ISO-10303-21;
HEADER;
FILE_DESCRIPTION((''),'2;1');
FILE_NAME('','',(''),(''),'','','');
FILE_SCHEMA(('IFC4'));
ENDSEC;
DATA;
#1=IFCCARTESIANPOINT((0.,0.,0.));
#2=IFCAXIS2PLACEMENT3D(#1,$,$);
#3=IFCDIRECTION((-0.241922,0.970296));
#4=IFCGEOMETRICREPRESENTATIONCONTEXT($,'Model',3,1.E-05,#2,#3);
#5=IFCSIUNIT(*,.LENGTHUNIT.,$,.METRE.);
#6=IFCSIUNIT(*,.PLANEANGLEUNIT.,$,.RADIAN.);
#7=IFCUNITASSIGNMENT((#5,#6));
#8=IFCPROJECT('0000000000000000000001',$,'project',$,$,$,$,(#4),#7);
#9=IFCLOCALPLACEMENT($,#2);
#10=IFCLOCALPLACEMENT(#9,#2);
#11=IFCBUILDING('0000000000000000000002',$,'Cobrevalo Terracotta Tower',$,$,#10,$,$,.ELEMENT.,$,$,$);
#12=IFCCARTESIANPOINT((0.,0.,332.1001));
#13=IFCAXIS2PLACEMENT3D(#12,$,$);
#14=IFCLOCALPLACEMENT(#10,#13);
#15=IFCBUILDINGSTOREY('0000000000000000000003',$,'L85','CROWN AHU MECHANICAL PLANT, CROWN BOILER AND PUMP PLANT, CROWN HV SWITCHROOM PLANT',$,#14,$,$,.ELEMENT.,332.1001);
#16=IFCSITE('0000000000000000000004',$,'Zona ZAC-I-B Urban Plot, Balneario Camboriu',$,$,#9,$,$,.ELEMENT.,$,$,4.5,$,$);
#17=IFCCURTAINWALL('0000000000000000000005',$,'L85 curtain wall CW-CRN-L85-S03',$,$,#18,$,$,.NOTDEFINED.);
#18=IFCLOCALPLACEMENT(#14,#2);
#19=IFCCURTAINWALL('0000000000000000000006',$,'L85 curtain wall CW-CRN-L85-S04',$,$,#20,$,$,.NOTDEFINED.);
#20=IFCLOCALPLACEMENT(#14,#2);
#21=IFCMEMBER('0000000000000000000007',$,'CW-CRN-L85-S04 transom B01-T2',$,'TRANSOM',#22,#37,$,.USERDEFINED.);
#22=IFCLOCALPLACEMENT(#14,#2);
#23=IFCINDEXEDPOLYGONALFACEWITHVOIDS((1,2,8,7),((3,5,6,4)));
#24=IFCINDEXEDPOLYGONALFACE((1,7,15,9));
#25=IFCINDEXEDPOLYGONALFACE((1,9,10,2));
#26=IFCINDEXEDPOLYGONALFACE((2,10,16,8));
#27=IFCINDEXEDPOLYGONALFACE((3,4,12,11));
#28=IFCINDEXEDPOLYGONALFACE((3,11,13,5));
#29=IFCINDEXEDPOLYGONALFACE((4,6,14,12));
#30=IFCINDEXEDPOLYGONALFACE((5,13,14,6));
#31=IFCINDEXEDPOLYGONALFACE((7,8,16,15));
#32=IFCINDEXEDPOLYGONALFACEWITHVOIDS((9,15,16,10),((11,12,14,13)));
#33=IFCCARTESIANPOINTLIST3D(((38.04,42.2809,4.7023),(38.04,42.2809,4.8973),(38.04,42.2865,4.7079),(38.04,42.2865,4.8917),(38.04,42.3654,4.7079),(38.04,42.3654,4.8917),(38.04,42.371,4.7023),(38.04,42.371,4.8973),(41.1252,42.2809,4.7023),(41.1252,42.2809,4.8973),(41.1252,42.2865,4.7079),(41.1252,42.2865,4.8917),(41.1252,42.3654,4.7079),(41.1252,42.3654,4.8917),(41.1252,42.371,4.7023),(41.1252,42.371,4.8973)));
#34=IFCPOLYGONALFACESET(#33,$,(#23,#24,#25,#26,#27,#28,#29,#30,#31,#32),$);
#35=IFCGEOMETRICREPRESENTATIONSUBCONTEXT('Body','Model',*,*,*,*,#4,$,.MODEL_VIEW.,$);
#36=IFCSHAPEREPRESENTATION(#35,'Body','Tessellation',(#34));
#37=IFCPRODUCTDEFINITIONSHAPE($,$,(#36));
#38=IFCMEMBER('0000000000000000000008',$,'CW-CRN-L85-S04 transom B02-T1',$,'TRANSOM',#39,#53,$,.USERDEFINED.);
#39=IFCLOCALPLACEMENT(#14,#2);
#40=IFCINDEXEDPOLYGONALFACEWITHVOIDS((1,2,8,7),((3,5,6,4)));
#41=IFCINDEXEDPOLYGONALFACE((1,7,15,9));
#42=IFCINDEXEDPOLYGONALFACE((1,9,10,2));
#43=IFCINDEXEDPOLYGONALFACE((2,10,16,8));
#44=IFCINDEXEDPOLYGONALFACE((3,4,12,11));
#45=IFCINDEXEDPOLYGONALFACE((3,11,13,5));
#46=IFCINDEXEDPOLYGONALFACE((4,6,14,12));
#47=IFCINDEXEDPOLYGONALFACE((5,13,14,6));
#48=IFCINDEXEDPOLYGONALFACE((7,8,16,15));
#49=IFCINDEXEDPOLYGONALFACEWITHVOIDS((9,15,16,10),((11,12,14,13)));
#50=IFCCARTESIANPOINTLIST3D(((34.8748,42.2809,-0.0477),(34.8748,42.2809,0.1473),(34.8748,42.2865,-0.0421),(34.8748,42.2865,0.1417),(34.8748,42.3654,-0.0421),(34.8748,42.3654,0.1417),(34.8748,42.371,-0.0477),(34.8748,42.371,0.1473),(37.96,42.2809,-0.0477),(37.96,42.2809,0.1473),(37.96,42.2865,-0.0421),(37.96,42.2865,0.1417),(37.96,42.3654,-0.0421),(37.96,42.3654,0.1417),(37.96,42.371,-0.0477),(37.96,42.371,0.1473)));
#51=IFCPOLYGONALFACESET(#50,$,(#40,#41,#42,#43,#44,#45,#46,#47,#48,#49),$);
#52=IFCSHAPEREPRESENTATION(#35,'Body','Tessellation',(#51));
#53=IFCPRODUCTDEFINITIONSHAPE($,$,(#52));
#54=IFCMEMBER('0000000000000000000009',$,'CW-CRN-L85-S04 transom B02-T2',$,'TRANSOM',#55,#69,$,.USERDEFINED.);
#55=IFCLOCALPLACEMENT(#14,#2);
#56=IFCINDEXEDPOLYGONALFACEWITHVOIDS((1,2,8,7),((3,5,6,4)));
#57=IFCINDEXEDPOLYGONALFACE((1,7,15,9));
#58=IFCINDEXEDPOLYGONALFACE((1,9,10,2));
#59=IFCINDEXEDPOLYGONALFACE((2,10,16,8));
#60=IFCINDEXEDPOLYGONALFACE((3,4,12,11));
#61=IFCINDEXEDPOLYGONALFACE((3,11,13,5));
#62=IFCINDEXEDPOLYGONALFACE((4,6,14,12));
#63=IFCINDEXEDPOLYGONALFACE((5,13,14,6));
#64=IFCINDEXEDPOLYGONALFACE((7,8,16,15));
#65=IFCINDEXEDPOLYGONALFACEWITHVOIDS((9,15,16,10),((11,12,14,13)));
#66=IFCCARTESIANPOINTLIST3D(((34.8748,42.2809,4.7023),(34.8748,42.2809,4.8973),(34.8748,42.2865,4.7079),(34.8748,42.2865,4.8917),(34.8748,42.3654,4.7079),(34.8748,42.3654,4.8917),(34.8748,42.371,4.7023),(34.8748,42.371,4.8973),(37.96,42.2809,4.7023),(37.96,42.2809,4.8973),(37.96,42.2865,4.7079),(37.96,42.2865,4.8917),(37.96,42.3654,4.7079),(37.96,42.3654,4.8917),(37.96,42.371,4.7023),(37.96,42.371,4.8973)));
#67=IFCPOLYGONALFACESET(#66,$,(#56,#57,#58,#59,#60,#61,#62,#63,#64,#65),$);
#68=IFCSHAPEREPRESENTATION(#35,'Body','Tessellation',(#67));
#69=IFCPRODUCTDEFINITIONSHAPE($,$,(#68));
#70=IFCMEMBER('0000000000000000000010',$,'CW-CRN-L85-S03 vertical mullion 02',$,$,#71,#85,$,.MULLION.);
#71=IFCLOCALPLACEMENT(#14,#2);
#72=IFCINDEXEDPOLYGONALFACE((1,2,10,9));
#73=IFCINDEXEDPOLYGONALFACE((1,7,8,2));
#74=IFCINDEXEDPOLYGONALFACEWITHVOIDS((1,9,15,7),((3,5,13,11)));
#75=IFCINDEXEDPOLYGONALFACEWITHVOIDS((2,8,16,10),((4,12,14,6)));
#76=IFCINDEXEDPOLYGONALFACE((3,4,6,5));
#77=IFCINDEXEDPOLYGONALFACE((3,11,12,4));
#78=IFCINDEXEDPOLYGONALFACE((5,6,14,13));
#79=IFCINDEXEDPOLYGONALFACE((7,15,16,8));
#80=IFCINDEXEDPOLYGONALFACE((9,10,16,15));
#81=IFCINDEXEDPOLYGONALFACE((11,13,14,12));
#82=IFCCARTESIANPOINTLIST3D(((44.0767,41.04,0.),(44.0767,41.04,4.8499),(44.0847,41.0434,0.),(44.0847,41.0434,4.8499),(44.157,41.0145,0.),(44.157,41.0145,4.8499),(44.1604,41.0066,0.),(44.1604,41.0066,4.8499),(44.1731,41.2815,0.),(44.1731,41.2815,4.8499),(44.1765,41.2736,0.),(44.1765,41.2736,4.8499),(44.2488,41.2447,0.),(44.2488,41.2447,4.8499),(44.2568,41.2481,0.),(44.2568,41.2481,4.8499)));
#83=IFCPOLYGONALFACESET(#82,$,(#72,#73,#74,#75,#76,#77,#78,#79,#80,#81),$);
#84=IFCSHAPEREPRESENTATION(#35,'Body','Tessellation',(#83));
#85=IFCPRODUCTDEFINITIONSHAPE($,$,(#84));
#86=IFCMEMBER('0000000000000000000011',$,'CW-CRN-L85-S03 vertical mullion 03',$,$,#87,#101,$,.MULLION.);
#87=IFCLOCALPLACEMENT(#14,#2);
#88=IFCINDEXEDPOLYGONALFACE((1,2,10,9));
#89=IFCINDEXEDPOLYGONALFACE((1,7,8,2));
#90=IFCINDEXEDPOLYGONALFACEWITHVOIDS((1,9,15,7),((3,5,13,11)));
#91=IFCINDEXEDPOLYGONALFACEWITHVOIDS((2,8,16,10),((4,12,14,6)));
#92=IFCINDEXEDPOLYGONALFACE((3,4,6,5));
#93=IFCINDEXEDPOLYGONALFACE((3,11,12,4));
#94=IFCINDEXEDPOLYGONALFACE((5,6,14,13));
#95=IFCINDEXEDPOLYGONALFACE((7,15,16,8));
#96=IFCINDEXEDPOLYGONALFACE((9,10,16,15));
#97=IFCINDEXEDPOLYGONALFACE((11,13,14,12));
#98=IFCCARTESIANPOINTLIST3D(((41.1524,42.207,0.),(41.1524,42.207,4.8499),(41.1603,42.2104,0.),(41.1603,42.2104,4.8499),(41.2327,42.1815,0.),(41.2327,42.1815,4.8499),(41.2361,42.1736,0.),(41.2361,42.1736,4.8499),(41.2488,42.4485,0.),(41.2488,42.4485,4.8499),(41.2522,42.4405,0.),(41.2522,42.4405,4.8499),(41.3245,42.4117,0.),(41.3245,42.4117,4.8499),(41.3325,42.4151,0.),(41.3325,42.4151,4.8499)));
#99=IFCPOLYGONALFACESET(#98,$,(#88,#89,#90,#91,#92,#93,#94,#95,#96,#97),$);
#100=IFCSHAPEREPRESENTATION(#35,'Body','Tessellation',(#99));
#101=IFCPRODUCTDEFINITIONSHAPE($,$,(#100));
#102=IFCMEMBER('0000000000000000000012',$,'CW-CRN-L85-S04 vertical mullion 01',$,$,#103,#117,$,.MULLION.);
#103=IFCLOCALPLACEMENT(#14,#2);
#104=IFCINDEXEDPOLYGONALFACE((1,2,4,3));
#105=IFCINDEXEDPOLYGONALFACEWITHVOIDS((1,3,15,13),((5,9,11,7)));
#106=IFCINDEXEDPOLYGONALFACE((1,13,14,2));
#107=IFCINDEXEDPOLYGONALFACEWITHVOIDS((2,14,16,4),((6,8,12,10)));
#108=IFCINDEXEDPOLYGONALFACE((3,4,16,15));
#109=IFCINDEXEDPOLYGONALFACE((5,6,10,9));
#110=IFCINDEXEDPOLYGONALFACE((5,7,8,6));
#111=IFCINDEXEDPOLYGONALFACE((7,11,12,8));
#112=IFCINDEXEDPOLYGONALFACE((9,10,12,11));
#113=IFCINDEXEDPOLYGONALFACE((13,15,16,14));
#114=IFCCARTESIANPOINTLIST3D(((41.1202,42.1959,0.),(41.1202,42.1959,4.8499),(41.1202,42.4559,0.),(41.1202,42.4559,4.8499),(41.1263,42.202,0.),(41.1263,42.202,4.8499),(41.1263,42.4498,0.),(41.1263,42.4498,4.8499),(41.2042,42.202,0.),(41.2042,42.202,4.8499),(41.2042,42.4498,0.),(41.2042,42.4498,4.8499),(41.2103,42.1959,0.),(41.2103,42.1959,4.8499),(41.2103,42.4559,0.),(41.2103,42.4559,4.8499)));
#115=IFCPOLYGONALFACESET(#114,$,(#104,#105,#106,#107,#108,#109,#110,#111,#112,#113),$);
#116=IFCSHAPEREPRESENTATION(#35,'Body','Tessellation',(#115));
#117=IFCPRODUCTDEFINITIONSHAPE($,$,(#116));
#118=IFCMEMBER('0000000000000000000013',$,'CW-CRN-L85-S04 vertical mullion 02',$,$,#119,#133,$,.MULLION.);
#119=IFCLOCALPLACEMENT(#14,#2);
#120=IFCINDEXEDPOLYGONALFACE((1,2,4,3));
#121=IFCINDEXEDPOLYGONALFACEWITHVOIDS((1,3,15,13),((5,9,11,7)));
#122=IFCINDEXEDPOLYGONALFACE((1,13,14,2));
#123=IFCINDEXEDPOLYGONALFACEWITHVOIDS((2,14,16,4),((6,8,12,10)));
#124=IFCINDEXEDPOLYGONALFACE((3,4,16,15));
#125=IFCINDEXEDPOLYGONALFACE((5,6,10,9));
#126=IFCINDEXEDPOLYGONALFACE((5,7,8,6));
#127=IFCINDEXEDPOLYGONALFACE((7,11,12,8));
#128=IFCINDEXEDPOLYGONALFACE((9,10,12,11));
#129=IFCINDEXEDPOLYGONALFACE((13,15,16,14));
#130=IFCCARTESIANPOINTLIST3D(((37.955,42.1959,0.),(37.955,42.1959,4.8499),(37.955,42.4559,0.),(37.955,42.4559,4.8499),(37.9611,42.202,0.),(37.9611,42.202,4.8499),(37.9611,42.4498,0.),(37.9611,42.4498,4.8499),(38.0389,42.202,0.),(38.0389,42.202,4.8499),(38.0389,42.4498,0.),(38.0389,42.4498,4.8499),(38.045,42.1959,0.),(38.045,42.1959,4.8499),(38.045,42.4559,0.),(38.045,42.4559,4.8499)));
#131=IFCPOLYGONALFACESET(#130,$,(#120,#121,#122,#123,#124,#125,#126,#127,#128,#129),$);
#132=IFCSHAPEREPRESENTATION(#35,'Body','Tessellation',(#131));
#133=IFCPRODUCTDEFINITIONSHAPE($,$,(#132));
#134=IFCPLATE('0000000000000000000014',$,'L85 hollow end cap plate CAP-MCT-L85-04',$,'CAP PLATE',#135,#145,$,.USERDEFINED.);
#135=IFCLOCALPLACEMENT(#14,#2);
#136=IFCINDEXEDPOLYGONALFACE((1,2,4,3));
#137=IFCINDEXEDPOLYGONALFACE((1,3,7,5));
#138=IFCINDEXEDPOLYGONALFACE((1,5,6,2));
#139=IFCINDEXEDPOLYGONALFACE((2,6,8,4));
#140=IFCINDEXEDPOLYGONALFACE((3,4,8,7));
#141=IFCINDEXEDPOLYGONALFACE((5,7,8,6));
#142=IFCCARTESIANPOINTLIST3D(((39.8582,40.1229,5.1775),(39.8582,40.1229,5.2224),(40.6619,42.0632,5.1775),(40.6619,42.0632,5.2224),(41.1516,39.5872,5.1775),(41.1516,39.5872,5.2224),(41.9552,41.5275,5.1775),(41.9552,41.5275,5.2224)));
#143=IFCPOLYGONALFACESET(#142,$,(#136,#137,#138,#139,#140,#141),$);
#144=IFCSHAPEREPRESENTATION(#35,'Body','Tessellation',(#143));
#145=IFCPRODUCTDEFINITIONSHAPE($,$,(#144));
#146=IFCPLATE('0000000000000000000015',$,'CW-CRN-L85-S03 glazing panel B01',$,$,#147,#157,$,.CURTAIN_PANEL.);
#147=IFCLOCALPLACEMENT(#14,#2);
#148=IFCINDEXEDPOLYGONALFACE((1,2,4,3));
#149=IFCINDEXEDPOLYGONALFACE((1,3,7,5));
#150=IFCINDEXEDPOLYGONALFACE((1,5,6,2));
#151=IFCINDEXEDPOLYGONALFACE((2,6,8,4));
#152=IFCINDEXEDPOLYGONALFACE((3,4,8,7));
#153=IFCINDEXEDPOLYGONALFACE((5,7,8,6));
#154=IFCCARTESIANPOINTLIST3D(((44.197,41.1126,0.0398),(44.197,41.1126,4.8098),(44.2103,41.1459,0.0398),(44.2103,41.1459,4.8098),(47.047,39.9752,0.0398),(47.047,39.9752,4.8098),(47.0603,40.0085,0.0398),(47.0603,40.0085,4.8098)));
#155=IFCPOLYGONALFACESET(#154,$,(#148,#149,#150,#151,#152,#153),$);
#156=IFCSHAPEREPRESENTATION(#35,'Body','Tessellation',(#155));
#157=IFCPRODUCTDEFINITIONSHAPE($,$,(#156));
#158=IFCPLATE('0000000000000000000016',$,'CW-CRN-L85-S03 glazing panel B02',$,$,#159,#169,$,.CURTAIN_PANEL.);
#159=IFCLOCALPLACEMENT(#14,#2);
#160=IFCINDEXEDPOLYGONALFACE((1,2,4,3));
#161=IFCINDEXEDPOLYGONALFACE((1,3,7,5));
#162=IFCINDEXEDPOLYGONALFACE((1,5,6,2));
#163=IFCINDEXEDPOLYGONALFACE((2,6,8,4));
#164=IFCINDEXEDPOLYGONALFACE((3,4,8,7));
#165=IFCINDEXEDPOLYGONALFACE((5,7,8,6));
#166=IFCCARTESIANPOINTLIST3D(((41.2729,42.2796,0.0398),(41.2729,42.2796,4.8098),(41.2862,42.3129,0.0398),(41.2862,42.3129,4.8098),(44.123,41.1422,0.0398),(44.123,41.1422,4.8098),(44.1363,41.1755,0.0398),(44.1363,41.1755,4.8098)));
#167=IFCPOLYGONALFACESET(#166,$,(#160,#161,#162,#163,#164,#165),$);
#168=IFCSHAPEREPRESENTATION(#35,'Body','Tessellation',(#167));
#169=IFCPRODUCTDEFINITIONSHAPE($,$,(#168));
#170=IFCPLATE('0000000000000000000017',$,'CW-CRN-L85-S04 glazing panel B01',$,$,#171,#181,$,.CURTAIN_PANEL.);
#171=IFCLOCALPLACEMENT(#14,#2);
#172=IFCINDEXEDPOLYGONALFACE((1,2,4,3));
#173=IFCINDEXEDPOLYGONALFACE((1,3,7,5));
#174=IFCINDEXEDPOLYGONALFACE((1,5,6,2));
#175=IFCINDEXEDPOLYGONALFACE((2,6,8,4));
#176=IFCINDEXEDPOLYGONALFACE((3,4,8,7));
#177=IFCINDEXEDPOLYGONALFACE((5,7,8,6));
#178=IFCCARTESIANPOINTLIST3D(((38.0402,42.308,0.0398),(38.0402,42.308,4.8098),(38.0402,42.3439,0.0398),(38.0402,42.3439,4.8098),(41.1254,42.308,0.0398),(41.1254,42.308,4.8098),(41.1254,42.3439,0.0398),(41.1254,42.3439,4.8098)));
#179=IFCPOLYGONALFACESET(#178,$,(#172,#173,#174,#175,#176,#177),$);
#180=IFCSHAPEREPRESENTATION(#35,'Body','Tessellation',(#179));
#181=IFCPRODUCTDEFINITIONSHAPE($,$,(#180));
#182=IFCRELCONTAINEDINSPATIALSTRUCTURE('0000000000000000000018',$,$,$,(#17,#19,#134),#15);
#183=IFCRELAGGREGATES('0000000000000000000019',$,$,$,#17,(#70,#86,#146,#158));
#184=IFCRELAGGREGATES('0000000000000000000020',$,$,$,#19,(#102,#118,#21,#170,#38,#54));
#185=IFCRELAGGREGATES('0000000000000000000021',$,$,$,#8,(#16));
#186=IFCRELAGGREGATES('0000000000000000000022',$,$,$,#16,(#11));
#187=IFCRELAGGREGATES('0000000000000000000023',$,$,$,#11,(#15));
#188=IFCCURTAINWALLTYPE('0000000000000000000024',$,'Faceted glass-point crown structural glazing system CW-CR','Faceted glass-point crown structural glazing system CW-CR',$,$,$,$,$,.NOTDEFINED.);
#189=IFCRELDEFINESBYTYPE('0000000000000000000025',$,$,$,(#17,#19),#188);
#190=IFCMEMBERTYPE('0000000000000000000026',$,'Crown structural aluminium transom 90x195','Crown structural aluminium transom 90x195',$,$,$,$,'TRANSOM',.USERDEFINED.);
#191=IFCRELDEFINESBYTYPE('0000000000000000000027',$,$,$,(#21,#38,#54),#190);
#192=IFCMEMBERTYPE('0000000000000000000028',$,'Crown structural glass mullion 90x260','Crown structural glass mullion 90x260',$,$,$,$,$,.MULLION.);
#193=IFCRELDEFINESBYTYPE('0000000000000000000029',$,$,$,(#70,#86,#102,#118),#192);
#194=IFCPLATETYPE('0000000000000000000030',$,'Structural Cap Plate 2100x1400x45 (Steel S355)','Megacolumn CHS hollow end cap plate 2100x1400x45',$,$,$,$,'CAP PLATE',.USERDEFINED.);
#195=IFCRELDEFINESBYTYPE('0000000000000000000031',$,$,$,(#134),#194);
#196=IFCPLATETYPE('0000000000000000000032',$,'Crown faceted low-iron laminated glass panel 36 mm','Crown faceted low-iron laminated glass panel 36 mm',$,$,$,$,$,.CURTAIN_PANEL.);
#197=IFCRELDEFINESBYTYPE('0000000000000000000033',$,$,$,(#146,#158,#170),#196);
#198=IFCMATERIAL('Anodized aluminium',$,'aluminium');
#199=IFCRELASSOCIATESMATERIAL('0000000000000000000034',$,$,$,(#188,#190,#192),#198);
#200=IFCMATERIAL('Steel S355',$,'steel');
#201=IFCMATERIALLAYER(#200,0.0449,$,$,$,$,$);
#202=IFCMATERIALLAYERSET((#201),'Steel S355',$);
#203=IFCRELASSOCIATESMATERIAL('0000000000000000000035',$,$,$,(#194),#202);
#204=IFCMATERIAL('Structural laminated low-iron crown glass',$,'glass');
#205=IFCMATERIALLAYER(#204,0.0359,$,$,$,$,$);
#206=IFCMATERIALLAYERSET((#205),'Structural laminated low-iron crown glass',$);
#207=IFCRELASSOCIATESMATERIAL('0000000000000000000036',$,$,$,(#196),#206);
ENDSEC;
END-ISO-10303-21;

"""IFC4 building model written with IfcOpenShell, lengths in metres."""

from ifc_helpers import new_model, si_unit, direction, frame, origin, origin_2d, place, context, subcontext, project, spatial, rectangle, hollow_rectangle, extrude, source, transform, mapped, material, layer, layer_set, material_profile, profile_set, type_object, element, aggregate, save


model = new_model("IFC4")

# Units and contexts
model_context = context("Model", 3, precision=1e-05, world=origin(), true_north=direction((-0.241922, 0.970296)))
body_context = subcontext(model_context, "Body", "Model", "MODEL_VIEW")
ifc_project = project(units=[si_unit("LENGTHUNIT", "METRE"), si_unit("PLANEANGLEUNIT", "RADIAN")], contexts=[model_context])

# Site, building, storey
site_placement = place(None, origin())
site = spatial("IfcSite", under=ifc_project, at=site_placement, Name="Zona ZAC-I-B Urban Plot, Balneario Camboriu", CompositionType="ELEMENT", RefElevation=4.5)
building_placement = place(site_placement, origin())
building = spatial("IfcBuilding", under=site, at=building_placement, Name="Cobrevalo Terracotta Tower", CompositionType="ELEMENT")
storey_placement = place(building_placement, frame((0.0, 0.0, 332.1001)))
storey = spatial("IfcBuildingStorey", under=building, at=storey_placement, Name="L85", Description="CROWN AHU MECHANICAL PLANT, CROWN BOILER AND PUMP PLANT, CROWN HV SWITCHROOM PLANT", CompositionType="ELEMENT", Elevation=332.1001)

# Shared definitions
ifc_material_1 = material(Name="Steel S355", Category="steel")

# Curtain walls, members
ifc_material_2 = material(Name="Anodized aluminium", Category="aluminium")
curtain_wall_type = type_object("IfcCurtainWallType", Name="Faceted glass-point crown structural glazing system CW-CR", Description="Faceted glass-point crown structural glazing system CW-CR", PredefinedType="NOTDEFINED", material=ifc_material_2)
curtain_wall_1_placement = place(storey_placement, origin())
curtain_wall_1 = element("IfcCurtainWall", 1, at=curtain_wall_1_placement, inside=storey, type_object=curtain_wall_type, Name="L85 curtain wall CW-CRN-L85-S03", PredefinedType="NOTDEFINED")
ifc_material_profile_1 = material_profile(ifc_material_2, hollow_rectangle(XDim=0.0901, YDim=0.1951, WallThickness=0.0056, at=origin_2d()), Name="CWT 90x195")
ifc_profile_set_1 = profile_set([ifc_material_profile_1], Name="Anodized aluminium")
member_type_1 = type_object("IfcMemberType", Name="Crown structural aluminium transom 90x195", Description="Crown structural aluminium transom 90x195", ElementType="TRANSOM", PredefinedType="USERDEFINED", material=ifc_profile_set_1)
curtain_wall_2_placement = place(storey_placement, origin())
curtain_wall_2 = element("IfcCurtainWall", 2, at=curtain_wall_2_placement, inside=storey, type_object=curtain_wall_type, Name="L85 curtain wall CW-CRN-L85-S04", PredefinedType="NOTDEFINED")
shared_shape_1 = source(origin(), body_context, "Body", "SweptSolid", [
    extrude(hollow_rectangle(XDim=0.0901, YDim=0.1951, WallThickness=0.0056, at=origin_2d()), origin(), (0.0, 0.0, 1.0), 3.0852),
])
member_1_placement = place(storey_placement, frame((41.1252, 42.3259, 4.7998), z_axis=(-1.0, 0.0, 0.0), x_axis=(0.0, -1.0, 0.0)))
member_1 = element("IfcMember", 3, at=member_1_placement, type_object=member_type_1, Name="CW-CRN-L85-S04 transom B01-T2", ObjectType="TRANSOM", PredefinedType="USERDEFINED", context=body_context, shape_type="MappedRepresentation", body=[
    mapped(shared_shape_1, transform((0.0, 0.0, 0.0), scale=1.0)),
])
member_2_placement = place(storey_placement, frame((37.96, 42.3259, 0.0498), z_axis=(-1.0, 0.0, 0.0), x_axis=(0.0, -1.0, 0.0)))
member_2 = element("IfcMember", 4, at=member_2_placement, type_object=member_type_1, Name="CW-CRN-L85-S04 transom B02-T1", ObjectType="TRANSOM", PredefinedType="USERDEFINED", context=body_context, shape_type="MappedRepresentation", body=[
    mapped(shared_shape_1, transform((0.0, 0.0, 0.0), scale=1.0)),
])
member_3_placement = place(storey_placement, frame((37.96, 42.3259, 4.7998), z_axis=(-1.0, 0.0, 0.0), x_axis=(0.0, -1.0, 0.0)))
member_3 = element("IfcMember", 5, at=member_3_placement, type_object=member_type_1, Name="CW-CRN-L85-S04 transom B02-T2", ObjectType="TRANSOM", PredefinedType="USERDEFINED", context=body_context, shape_type="MappedRepresentation", body=[
    mapped(shared_shape_1, transform((0.0, 0.0, 0.0), scale=1.0)),
])

# Members
ifc_material_profile_2 = material_profile(ifc_material_2, hollow_rectangle(XDim=0.0901, YDim=0.26, WallThickness=0.0061, at=origin_2d()), Name="CWM 90x260")
ifc_profile_set_2 = profile_set([ifc_material_profile_2], Name="Anodized aluminium")
member_type_2 = type_object("IfcMemberType", Name="Crown structural glass mullion 90x260", Description="Crown structural glass mullion 90x260", PredefinedType="MULLION", material=ifc_profile_set_2)
shared_shape_2 = source(origin(), body_context, "Body", "SweptSolid", [
    extrude(hollow_rectangle(XDim=0.0901, YDim=0.26, WallThickness=0.0061, at=origin_2d()), origin(), (0.0, 0.0, 1.0), 4.8499),
])
member_4_placement = place(storey_placement, frame((44.1667, 41.144, 0.0), z_axis=(0.0, 0.0, 1.0), x_axis=(-0.928771, 0.370655, 0.0)))
member_4 = element("IfcMember", 6, at=member_4_placement, type_object=member_type_2, Name="CW-CRN-L85-S03 vertical mullion 02", PredefinedType="MULLION", context=body_context, shape_type="MappedRepresentation", body=[
    mapped(shared_shape_2, transform((0.0, 0.0, 0.0), scale=1.0)),
])
member_5_placement = place(storey_placement, frame((41.2424, 42.311, 0.0), z_axis=(0.0, 0.0, 1.0), x_axis=(-0.928771, 0.370655, 0.0)))
member_5 = element("IfcMember", 7, at=member_5_placement, type_object=member_type_2, Name="CW-CRN-L85-S03 vertical mullion 03", PredefinedType="MULLION", context=body_context, shape_type="MappedRepresentation", body=[
    mapped(shared_shape_2, transform((0.0, 0.0, 0.0), scale=1.0)),
])
member_6_placement = place(storey_placement, frame((41.1653, 42.3259, 0.0), z_axis=(0.0, 0.0, 1.0), x_axis=(-1.0, 0.0, 0.0)))
member_6 = element("IfcMember", 8, at=member_6_placement, type_object=member_type_2, Name="CW-CRN-L85-S04 vertical mullion 01", PredefinedType="MULLION", context=body_context, shape_type="MappedRepresentation", body=[
    mapped(shared_shape_2, transform((0.0, 0.0, 0.0), scale=1.0)),
])
member_7_placement = place(storey_placement, frame((38.0, 42.3259, 0.0), z_axis=(0.0, 0.0, 1.0), x_axis=(-1.0, 0.0, 0.0)))
member_7 = element("IfcMember", 9, at=member_7_placement, type_object=member_type_2, Name="CW-CRN-L85-S04 vertical mullion 02", PredefinedType="MULLION", context=body_context, shape_type="MappedRepresentation", body=[
    mapped(shared_shape_2, transform((0.0, 0.0, 0.0), scale=1.0)),
])

# Plates
ifc_layer_1 = layer(ifc_material_1, 0.0449)
ifc_layer_set_1 = layer_set([ifc_layer_1], Name="Steel S355")
plate_type_1 = type_object("IfcPlateType", Name="Structural Cap Plate 2100x1400x45 (Steel S355)", Description="Megacolumn CHS hollow end cap plate 2100x1400x45", ElementType="CAP PLATE", PredefinedType="USERDEFINED", material=ifc_layer_set_1)
shared_shape_3 = source(origin(), body_context, "Body", "SweptSolid", [
    extrude(rectangle(XDim=2.1001, YDim=1.3999, at=origin_2d()), origin(), (0.0, 0.0, 1.0), 0.0449),
])
plate_1_placement = place(storey_placement, frame((40.9067, 40.8252, 5.1775), z_axis=(0.0, 0.0, 1.0), x_axis=(0.382683, 0.92388, 0.0)))
element("IfcPlate", 10, at=plate_1_placement, inside=storey, type_object=plate_type_1, Name="L85 hollow end cap plate CAP-MCT-L85-04", ObjectType="CAP PLATE", PredefinedType="USERDEFINED", context=body_context, shape_type="MappedRepresentation", body=[
    mapped(shared_shape_3, transform((0.0, 0.0, 0.0), scale=1.0)),
])
ifc_material_3 = material(Name="Structural laminated low-iron crown glass", Category="glass")
ifc_layer_2 = layer(ifc_material_3, 0.0359)
ifc_layer_set_2 = layer_set([ifc_layer_2], Name="Structural laminated low-iron crown glass")
plate_type_2 = type_object("IfcPlateType", Name="Crown faceted low-iron laminated glass panel 36 mm", Description="Crown faceted low-iron laminated glass panel 36 mm", PredefinedType="CURTAIN_PANEL", material=ifc_layer_set_2)
shared_shape_4 = source(origin(), body_context, "Body", "SweptSolid", [
    extrude(rectangle(XDim=3.0686, YDim=0.0359, at=origin_2d()), origin(), (0.0, 0.0, 1.0), 4.77),
])
plate_2_placement = place(storey_placement, frame((45.6287, 40.5605, 0.0398), z_axis=(0.0, 0.0, 1.0), x_axis=(-0.928769, 0.37066, 0.0)))
plate_2 = element("IfcPlate", 11, at=plate_2_placement, type_object=plate_type_2, Name="CW-CRN-L85-S03 glazing panel B01", PredefinedType="CURTAIN_PANEL", context=body_context, shape_type="MappedRepresentation", body=[
    mapped(shared_shape_4, transform((0.0, 0.0, 0.0), scale=1.0)),
])
plate_3_placement = place(storey_placement, frame((42.7046, 41.7275, 0.0398), z_axis=(0.0, 0.0, 1.0), x_axis=(-0.928769, 0.37066, 0.0)))
plate_3 = element("IfcPlate", 12, at=plate_3_placement, type_object=plate_type_2, Name="CW-CRN-L85-S03 glazing panel B02", PredefinedType="CURTAIN_PANEL", context=body_context, shape_type="MappedRepresentation", body=[
    mapped(shared_shape_4, transform((0.0, 0.0, 0.0), scale=1.0)),
])
aggregate(curtain_wall_1, [member_4, member_5, plate_2, plate_3])
shared_shape_5 = source(origin(), body_context, "Body", "SweptSolid", [
    extrude(rectangle(XDim=3.0852, YDim=0.0359, at=origin_2d()), origin(), (0.0, 0.0, 1.0), 4.77),
])
plate_4_placement = place(storey_placement, frame((39.5828, 42.3259, 0.0398), z_axis=(0.0, 0.0, 1.0), x_axis=(-1.0, 0.0, 0.0)))
plate_4 = element("IfcPlate", 13, at=plate_4_placement, type_object=plate_type_2, Name="CW-CRN-L85-S04 glazing panel B01", PredefinedType="CURTAIN_PANEL", context=body_context, shape_type="MappedRepresentation", body=[
    mapped(shared_shape_5, transform((0.0, 0.0, 0.0), scale=1.0)),
])
aggregate(curtain_wall_2, [member_6, member_7, member_1, plate_4, member_2, member_3])

save(model, "model.ifc")
